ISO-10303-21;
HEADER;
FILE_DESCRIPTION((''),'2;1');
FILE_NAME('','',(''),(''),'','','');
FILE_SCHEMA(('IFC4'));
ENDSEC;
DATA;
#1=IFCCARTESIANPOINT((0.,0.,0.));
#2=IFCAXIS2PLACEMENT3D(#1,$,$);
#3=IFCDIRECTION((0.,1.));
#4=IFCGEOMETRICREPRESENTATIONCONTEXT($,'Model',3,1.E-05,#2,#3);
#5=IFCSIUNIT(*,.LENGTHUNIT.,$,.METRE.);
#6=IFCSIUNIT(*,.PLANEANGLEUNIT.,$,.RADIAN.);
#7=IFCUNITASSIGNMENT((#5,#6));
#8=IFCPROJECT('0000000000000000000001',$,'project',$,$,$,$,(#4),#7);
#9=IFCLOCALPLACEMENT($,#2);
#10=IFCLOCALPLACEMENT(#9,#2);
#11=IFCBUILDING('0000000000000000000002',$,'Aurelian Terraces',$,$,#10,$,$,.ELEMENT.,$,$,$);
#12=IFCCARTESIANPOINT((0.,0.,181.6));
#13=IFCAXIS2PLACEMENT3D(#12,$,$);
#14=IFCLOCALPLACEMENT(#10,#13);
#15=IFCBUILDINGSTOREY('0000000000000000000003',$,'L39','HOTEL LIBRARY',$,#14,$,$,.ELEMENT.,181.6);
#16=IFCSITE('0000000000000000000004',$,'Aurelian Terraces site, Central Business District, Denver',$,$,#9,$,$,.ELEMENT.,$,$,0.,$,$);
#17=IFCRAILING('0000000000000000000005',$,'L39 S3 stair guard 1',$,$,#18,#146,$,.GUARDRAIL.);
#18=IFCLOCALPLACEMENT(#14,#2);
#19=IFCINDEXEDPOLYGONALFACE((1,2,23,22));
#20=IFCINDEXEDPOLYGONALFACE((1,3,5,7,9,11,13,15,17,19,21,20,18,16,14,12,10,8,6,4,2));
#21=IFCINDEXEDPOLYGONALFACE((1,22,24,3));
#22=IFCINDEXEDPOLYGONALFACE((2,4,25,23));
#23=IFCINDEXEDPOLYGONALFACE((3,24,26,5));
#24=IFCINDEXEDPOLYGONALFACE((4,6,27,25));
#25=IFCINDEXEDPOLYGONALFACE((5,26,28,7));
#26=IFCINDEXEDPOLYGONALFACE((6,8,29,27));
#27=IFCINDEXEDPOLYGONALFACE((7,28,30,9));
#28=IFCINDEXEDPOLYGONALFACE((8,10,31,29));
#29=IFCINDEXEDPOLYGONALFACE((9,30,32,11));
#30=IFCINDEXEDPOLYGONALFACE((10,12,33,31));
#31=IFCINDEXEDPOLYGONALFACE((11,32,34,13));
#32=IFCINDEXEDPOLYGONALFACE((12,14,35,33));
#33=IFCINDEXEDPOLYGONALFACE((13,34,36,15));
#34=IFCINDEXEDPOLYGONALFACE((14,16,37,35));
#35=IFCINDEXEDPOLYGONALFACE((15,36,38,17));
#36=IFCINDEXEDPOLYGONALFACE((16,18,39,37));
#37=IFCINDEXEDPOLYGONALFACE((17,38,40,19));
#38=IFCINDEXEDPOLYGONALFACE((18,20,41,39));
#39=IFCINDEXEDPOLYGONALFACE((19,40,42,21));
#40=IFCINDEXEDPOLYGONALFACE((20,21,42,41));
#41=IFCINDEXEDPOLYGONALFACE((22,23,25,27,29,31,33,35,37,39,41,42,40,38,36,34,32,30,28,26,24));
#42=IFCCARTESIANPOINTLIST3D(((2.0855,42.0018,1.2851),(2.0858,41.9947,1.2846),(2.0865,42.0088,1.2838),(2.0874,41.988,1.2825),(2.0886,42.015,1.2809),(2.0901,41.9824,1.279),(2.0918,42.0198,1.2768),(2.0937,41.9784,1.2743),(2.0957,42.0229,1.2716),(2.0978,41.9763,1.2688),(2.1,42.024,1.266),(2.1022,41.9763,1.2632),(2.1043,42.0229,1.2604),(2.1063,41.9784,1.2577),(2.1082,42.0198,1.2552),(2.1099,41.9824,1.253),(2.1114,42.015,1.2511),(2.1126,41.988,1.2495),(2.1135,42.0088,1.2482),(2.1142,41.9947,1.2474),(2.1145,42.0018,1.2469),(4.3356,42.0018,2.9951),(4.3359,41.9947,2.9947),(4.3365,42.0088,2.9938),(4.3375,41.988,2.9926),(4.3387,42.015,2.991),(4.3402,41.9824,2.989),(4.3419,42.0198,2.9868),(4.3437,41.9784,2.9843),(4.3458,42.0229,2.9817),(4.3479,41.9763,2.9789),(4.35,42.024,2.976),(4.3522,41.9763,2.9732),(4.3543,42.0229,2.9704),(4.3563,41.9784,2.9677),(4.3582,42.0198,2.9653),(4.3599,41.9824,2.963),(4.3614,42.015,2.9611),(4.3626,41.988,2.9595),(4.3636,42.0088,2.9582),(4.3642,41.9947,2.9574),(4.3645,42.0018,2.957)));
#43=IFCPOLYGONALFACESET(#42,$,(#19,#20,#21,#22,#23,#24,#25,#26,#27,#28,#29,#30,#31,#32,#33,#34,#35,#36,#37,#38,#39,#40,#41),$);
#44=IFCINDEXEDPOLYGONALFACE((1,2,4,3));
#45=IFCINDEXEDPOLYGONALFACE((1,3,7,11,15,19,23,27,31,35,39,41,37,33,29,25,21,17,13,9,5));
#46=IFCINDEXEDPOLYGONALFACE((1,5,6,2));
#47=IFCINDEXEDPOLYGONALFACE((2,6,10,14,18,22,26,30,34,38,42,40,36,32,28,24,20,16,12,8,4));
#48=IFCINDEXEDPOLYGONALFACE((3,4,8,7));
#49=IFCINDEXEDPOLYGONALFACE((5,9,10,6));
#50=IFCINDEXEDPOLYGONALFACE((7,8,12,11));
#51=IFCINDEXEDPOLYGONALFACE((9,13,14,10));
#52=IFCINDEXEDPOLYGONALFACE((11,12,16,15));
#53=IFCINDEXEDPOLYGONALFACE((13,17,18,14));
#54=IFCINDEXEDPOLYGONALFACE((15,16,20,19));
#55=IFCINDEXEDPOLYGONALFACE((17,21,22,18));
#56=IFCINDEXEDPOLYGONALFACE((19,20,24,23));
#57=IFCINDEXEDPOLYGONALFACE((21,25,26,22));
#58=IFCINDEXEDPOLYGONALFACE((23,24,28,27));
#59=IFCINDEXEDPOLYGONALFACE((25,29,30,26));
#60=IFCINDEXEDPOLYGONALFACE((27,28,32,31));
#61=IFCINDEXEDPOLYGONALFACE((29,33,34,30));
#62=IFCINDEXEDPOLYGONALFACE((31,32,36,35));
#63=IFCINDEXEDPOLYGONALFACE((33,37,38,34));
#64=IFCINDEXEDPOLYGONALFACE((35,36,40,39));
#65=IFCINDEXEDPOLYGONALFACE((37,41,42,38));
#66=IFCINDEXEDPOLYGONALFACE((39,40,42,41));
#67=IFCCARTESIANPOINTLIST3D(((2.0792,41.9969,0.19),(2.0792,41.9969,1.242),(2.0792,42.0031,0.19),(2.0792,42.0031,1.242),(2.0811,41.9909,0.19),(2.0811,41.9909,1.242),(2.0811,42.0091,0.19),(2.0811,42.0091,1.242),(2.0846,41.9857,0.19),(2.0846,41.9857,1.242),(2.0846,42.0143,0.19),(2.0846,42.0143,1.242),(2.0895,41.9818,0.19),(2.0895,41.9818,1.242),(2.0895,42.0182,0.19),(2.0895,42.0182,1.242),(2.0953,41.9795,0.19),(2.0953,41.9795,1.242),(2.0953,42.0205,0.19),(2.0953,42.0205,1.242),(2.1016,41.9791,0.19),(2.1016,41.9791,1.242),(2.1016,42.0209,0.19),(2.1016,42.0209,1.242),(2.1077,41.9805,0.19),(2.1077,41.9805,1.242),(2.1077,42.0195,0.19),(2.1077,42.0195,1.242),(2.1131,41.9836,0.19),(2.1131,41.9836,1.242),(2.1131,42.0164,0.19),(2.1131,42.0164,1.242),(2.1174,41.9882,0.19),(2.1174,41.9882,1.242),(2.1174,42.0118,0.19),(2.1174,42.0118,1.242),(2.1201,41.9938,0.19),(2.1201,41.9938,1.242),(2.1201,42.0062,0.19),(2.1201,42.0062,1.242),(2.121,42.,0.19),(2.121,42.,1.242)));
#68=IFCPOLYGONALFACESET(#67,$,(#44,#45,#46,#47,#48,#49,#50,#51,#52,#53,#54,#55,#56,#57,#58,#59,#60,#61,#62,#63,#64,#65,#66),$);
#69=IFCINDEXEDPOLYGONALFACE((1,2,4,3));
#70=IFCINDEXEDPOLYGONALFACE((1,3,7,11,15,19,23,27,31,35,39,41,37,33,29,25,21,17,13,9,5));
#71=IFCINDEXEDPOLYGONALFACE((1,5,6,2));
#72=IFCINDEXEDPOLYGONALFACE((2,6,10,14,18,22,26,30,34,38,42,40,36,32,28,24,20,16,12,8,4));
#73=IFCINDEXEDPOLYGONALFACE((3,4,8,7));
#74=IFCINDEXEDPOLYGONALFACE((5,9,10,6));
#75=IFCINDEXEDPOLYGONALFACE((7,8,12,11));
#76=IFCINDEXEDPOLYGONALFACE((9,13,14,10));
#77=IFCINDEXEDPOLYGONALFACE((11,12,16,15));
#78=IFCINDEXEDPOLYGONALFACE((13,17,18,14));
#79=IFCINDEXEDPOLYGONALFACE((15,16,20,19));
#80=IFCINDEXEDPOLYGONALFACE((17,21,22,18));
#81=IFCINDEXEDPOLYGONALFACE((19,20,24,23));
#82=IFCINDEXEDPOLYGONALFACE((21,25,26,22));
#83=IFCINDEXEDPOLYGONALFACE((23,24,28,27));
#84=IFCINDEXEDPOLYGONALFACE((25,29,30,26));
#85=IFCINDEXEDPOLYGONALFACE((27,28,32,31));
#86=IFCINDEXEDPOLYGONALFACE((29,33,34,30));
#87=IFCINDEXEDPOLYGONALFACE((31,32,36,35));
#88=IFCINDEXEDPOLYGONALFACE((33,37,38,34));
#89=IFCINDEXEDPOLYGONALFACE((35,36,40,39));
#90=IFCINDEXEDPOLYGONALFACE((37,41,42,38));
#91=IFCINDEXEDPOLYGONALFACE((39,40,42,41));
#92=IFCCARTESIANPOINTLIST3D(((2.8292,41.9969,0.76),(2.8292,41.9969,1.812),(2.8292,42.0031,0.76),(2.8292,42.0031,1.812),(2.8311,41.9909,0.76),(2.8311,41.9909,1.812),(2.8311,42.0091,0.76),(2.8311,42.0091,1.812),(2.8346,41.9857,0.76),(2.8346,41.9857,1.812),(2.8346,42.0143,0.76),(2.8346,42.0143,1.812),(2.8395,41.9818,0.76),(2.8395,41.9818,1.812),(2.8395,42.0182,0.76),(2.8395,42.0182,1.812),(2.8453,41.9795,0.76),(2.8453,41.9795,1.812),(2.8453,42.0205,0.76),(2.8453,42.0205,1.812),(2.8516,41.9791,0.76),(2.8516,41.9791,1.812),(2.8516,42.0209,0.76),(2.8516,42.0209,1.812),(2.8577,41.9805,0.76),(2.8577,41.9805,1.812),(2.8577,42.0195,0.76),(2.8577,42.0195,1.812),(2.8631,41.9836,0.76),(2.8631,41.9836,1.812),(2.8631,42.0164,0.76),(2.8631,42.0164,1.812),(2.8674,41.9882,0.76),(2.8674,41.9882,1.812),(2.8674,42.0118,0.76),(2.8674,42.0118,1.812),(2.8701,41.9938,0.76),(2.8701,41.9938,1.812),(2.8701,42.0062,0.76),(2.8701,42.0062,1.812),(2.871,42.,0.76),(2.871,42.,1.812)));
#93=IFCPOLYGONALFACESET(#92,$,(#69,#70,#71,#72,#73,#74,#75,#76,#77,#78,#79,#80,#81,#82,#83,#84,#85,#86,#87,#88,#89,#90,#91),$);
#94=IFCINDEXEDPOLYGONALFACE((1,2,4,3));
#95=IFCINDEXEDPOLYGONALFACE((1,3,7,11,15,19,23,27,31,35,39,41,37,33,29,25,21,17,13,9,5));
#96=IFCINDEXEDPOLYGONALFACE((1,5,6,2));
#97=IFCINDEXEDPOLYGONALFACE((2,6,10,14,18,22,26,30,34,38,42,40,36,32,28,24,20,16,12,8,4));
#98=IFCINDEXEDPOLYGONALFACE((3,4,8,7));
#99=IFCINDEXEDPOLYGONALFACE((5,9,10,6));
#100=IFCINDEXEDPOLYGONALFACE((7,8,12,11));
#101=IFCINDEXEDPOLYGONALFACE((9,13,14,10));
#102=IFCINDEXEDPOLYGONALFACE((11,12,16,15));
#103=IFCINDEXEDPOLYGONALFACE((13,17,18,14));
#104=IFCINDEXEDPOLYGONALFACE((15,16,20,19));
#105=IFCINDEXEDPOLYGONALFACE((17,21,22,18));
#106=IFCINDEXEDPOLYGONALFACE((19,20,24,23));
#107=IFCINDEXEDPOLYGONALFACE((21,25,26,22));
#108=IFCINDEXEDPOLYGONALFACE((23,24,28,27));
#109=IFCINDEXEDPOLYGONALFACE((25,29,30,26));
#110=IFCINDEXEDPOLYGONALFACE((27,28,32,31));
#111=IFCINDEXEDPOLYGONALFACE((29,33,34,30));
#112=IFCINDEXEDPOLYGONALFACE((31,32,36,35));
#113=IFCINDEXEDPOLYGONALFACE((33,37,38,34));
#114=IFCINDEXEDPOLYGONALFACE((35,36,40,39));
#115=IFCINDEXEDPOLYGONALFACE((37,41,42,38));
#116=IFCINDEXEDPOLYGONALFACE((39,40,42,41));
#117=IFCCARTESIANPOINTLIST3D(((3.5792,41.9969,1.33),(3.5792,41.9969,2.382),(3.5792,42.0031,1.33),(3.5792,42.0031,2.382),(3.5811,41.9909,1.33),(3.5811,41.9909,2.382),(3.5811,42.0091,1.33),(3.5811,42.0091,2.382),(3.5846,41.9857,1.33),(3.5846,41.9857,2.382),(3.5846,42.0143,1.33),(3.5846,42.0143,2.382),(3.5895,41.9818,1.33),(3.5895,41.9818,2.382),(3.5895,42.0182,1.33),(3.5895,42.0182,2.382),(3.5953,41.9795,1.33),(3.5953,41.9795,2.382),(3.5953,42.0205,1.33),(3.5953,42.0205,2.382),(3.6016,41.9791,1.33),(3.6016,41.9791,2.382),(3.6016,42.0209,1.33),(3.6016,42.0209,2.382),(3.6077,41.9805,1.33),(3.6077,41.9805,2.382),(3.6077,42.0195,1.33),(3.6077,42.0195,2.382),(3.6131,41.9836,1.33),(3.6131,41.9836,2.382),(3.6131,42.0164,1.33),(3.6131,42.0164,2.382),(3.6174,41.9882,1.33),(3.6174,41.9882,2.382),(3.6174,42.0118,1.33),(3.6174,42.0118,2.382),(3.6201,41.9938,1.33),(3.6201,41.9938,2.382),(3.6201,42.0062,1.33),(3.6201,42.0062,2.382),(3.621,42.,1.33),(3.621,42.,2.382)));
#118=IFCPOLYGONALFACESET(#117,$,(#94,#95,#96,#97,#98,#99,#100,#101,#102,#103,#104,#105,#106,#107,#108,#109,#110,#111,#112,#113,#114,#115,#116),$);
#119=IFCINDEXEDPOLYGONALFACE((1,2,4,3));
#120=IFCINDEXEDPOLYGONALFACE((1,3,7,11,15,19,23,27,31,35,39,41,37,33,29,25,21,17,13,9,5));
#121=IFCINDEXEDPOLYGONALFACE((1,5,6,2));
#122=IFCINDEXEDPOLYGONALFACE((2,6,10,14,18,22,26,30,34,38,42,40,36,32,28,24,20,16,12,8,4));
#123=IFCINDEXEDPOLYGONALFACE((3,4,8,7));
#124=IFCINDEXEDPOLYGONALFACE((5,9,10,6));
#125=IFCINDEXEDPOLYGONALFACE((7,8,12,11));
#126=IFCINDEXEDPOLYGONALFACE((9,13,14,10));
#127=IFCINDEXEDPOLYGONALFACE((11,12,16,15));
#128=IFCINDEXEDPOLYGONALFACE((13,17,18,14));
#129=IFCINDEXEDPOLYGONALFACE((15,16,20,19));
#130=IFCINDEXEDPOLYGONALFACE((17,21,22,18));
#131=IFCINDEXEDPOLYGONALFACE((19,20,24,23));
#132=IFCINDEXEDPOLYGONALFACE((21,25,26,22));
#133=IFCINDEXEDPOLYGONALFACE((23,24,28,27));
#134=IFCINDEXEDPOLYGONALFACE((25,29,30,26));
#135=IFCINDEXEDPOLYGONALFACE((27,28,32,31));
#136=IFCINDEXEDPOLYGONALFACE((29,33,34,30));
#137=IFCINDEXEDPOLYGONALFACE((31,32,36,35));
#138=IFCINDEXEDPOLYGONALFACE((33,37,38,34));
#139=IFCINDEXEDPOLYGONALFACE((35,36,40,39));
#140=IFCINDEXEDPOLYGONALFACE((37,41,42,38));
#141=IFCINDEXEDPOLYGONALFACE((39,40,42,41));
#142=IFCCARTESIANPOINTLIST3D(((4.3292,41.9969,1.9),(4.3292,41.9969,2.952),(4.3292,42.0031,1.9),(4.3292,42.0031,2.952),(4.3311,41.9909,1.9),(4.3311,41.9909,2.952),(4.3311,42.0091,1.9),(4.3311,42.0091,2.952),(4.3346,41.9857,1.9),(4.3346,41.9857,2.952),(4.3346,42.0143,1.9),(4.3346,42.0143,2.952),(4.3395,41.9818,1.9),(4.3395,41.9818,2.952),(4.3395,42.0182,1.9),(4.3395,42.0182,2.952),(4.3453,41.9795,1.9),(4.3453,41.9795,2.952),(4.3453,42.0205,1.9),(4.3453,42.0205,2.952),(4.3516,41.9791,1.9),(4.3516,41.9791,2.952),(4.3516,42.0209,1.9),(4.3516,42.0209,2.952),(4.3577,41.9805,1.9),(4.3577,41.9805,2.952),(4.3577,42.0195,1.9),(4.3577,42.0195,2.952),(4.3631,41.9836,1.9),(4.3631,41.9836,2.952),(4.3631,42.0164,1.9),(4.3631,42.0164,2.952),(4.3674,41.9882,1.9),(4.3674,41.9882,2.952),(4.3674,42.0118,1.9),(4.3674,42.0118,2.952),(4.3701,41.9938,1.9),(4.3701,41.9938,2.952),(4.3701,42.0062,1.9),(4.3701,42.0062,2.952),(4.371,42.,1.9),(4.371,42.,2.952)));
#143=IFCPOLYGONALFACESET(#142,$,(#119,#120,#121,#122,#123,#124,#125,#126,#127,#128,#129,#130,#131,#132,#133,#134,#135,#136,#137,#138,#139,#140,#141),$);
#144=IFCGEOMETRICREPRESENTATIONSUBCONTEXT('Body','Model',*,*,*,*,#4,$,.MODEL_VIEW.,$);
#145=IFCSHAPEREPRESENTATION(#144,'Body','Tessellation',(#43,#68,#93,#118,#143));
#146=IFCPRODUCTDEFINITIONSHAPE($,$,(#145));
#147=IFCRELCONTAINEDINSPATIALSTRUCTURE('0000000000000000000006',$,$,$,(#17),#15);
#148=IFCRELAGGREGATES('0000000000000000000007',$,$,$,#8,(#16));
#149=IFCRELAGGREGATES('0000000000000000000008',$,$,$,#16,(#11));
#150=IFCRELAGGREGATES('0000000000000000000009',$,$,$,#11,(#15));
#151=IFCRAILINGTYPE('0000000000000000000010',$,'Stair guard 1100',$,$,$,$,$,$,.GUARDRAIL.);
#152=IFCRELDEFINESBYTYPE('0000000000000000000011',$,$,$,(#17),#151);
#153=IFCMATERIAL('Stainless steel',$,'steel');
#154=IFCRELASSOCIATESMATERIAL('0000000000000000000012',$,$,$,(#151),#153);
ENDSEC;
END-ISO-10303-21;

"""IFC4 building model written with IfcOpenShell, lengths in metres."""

from ifc_helpers import new_model, si_unit, direction, frame, origin, origin_2d, place, context, subcontext, project, spatial, circle, extrude, source, transform, mapped, material, type_object, element, save


model = new_model("IFC4")

# Units and contexts
model_context = context("Model", 3, precision=1e-05, world=origin(), true_north=direction((0.0, 1.0)))
body_context = subcontext(model_context, "Body", "Model", "MODEL_VIEW")
ifc_project = project(units=[si_unit("LENGTHUNIT", "METRE"), si_unit("PLANEANGLEUNIT", "RADIAN")], contexts=[model_context])

# Site, building, storey
site_placement = place(None, origin())
site = spatial("IfcSite", under=ifc_project, at=site_placement, Name="Aurelian Terraces site, Central Business District, Denver", CompositionType="ELEMENT", RefElevation=0.0)
building_placement = place(site_placement, origin())
building = spatial("IfcBuilding", under=site, at=building_placement, Name="Aurelian Terraces", CompositionType="ELEMENT")
storey_placement = place(building_placement, frame((0.0, 0.0, 181.6)))
storey = spatial("IfcBuildingStorey", under=building, at=storey_placement, Name="L39", Description="HOTEL LIBRARY", CompositionType="ELEMENT", Elevation=181.6)

# Railing
ifc_material_1 = material(Name="Stainless steel", Category="steel")
railing_type_1 = type_object("IfcRailingType", Name="Stair guard 1100", PredefinedType="GUARDRAIL", material=ifc_material_1)
shared_shape_1 = source(origin(), body_context, "Body", "SweptSolid", [
    extrude(circle(Radius=0.024, at=origin_2d()), frame((0.0, 0.0, 1.076), z_axis=(0.796162, 0.0, 0.605083), x_axis=(0.0, 1.0, 0.0)), (0.0, 0.0, 1.0), 2.8261),
    extrude(circle(Radius=0.021, at=origin_2d()), origin(), (0.0, 0.0, 1.0), 1.052),
    extrude(circle(Radius=0.021, at=origin_2d()), frame((0.75, 0.0, 0.57)), (0.0, 0.0, 1.0), 1.052),
    extrude(circle(Radius=0.021, at=origin_2d()), frame((1.5, 0.0, 1.14)), (0.0, 0.0, 1.0), 1.052),
    extrude(circle(Radius=0.021, at=origin_2d()), frame((2.25, 0.0, 1.71)), (0.0, 0.0, 1.0), 1.052),
])
railing_1_placement = place(storey_placement, frame((2.1, 42.0, 0.19)))
element("IfcRailing", 1, at=railing_1_placement, inside=storey, type_object=railing_type_1, Name="L39 S3 stair guard 1", PredefinedType="GUARDRAIL", context=body_context, shape_type="MappedRepresentation", body=[
    mapped(shared_shape_1, transform((0.0, 0.0, 0.0), scale=1.0)),
])

save(model, "model.ifc")
